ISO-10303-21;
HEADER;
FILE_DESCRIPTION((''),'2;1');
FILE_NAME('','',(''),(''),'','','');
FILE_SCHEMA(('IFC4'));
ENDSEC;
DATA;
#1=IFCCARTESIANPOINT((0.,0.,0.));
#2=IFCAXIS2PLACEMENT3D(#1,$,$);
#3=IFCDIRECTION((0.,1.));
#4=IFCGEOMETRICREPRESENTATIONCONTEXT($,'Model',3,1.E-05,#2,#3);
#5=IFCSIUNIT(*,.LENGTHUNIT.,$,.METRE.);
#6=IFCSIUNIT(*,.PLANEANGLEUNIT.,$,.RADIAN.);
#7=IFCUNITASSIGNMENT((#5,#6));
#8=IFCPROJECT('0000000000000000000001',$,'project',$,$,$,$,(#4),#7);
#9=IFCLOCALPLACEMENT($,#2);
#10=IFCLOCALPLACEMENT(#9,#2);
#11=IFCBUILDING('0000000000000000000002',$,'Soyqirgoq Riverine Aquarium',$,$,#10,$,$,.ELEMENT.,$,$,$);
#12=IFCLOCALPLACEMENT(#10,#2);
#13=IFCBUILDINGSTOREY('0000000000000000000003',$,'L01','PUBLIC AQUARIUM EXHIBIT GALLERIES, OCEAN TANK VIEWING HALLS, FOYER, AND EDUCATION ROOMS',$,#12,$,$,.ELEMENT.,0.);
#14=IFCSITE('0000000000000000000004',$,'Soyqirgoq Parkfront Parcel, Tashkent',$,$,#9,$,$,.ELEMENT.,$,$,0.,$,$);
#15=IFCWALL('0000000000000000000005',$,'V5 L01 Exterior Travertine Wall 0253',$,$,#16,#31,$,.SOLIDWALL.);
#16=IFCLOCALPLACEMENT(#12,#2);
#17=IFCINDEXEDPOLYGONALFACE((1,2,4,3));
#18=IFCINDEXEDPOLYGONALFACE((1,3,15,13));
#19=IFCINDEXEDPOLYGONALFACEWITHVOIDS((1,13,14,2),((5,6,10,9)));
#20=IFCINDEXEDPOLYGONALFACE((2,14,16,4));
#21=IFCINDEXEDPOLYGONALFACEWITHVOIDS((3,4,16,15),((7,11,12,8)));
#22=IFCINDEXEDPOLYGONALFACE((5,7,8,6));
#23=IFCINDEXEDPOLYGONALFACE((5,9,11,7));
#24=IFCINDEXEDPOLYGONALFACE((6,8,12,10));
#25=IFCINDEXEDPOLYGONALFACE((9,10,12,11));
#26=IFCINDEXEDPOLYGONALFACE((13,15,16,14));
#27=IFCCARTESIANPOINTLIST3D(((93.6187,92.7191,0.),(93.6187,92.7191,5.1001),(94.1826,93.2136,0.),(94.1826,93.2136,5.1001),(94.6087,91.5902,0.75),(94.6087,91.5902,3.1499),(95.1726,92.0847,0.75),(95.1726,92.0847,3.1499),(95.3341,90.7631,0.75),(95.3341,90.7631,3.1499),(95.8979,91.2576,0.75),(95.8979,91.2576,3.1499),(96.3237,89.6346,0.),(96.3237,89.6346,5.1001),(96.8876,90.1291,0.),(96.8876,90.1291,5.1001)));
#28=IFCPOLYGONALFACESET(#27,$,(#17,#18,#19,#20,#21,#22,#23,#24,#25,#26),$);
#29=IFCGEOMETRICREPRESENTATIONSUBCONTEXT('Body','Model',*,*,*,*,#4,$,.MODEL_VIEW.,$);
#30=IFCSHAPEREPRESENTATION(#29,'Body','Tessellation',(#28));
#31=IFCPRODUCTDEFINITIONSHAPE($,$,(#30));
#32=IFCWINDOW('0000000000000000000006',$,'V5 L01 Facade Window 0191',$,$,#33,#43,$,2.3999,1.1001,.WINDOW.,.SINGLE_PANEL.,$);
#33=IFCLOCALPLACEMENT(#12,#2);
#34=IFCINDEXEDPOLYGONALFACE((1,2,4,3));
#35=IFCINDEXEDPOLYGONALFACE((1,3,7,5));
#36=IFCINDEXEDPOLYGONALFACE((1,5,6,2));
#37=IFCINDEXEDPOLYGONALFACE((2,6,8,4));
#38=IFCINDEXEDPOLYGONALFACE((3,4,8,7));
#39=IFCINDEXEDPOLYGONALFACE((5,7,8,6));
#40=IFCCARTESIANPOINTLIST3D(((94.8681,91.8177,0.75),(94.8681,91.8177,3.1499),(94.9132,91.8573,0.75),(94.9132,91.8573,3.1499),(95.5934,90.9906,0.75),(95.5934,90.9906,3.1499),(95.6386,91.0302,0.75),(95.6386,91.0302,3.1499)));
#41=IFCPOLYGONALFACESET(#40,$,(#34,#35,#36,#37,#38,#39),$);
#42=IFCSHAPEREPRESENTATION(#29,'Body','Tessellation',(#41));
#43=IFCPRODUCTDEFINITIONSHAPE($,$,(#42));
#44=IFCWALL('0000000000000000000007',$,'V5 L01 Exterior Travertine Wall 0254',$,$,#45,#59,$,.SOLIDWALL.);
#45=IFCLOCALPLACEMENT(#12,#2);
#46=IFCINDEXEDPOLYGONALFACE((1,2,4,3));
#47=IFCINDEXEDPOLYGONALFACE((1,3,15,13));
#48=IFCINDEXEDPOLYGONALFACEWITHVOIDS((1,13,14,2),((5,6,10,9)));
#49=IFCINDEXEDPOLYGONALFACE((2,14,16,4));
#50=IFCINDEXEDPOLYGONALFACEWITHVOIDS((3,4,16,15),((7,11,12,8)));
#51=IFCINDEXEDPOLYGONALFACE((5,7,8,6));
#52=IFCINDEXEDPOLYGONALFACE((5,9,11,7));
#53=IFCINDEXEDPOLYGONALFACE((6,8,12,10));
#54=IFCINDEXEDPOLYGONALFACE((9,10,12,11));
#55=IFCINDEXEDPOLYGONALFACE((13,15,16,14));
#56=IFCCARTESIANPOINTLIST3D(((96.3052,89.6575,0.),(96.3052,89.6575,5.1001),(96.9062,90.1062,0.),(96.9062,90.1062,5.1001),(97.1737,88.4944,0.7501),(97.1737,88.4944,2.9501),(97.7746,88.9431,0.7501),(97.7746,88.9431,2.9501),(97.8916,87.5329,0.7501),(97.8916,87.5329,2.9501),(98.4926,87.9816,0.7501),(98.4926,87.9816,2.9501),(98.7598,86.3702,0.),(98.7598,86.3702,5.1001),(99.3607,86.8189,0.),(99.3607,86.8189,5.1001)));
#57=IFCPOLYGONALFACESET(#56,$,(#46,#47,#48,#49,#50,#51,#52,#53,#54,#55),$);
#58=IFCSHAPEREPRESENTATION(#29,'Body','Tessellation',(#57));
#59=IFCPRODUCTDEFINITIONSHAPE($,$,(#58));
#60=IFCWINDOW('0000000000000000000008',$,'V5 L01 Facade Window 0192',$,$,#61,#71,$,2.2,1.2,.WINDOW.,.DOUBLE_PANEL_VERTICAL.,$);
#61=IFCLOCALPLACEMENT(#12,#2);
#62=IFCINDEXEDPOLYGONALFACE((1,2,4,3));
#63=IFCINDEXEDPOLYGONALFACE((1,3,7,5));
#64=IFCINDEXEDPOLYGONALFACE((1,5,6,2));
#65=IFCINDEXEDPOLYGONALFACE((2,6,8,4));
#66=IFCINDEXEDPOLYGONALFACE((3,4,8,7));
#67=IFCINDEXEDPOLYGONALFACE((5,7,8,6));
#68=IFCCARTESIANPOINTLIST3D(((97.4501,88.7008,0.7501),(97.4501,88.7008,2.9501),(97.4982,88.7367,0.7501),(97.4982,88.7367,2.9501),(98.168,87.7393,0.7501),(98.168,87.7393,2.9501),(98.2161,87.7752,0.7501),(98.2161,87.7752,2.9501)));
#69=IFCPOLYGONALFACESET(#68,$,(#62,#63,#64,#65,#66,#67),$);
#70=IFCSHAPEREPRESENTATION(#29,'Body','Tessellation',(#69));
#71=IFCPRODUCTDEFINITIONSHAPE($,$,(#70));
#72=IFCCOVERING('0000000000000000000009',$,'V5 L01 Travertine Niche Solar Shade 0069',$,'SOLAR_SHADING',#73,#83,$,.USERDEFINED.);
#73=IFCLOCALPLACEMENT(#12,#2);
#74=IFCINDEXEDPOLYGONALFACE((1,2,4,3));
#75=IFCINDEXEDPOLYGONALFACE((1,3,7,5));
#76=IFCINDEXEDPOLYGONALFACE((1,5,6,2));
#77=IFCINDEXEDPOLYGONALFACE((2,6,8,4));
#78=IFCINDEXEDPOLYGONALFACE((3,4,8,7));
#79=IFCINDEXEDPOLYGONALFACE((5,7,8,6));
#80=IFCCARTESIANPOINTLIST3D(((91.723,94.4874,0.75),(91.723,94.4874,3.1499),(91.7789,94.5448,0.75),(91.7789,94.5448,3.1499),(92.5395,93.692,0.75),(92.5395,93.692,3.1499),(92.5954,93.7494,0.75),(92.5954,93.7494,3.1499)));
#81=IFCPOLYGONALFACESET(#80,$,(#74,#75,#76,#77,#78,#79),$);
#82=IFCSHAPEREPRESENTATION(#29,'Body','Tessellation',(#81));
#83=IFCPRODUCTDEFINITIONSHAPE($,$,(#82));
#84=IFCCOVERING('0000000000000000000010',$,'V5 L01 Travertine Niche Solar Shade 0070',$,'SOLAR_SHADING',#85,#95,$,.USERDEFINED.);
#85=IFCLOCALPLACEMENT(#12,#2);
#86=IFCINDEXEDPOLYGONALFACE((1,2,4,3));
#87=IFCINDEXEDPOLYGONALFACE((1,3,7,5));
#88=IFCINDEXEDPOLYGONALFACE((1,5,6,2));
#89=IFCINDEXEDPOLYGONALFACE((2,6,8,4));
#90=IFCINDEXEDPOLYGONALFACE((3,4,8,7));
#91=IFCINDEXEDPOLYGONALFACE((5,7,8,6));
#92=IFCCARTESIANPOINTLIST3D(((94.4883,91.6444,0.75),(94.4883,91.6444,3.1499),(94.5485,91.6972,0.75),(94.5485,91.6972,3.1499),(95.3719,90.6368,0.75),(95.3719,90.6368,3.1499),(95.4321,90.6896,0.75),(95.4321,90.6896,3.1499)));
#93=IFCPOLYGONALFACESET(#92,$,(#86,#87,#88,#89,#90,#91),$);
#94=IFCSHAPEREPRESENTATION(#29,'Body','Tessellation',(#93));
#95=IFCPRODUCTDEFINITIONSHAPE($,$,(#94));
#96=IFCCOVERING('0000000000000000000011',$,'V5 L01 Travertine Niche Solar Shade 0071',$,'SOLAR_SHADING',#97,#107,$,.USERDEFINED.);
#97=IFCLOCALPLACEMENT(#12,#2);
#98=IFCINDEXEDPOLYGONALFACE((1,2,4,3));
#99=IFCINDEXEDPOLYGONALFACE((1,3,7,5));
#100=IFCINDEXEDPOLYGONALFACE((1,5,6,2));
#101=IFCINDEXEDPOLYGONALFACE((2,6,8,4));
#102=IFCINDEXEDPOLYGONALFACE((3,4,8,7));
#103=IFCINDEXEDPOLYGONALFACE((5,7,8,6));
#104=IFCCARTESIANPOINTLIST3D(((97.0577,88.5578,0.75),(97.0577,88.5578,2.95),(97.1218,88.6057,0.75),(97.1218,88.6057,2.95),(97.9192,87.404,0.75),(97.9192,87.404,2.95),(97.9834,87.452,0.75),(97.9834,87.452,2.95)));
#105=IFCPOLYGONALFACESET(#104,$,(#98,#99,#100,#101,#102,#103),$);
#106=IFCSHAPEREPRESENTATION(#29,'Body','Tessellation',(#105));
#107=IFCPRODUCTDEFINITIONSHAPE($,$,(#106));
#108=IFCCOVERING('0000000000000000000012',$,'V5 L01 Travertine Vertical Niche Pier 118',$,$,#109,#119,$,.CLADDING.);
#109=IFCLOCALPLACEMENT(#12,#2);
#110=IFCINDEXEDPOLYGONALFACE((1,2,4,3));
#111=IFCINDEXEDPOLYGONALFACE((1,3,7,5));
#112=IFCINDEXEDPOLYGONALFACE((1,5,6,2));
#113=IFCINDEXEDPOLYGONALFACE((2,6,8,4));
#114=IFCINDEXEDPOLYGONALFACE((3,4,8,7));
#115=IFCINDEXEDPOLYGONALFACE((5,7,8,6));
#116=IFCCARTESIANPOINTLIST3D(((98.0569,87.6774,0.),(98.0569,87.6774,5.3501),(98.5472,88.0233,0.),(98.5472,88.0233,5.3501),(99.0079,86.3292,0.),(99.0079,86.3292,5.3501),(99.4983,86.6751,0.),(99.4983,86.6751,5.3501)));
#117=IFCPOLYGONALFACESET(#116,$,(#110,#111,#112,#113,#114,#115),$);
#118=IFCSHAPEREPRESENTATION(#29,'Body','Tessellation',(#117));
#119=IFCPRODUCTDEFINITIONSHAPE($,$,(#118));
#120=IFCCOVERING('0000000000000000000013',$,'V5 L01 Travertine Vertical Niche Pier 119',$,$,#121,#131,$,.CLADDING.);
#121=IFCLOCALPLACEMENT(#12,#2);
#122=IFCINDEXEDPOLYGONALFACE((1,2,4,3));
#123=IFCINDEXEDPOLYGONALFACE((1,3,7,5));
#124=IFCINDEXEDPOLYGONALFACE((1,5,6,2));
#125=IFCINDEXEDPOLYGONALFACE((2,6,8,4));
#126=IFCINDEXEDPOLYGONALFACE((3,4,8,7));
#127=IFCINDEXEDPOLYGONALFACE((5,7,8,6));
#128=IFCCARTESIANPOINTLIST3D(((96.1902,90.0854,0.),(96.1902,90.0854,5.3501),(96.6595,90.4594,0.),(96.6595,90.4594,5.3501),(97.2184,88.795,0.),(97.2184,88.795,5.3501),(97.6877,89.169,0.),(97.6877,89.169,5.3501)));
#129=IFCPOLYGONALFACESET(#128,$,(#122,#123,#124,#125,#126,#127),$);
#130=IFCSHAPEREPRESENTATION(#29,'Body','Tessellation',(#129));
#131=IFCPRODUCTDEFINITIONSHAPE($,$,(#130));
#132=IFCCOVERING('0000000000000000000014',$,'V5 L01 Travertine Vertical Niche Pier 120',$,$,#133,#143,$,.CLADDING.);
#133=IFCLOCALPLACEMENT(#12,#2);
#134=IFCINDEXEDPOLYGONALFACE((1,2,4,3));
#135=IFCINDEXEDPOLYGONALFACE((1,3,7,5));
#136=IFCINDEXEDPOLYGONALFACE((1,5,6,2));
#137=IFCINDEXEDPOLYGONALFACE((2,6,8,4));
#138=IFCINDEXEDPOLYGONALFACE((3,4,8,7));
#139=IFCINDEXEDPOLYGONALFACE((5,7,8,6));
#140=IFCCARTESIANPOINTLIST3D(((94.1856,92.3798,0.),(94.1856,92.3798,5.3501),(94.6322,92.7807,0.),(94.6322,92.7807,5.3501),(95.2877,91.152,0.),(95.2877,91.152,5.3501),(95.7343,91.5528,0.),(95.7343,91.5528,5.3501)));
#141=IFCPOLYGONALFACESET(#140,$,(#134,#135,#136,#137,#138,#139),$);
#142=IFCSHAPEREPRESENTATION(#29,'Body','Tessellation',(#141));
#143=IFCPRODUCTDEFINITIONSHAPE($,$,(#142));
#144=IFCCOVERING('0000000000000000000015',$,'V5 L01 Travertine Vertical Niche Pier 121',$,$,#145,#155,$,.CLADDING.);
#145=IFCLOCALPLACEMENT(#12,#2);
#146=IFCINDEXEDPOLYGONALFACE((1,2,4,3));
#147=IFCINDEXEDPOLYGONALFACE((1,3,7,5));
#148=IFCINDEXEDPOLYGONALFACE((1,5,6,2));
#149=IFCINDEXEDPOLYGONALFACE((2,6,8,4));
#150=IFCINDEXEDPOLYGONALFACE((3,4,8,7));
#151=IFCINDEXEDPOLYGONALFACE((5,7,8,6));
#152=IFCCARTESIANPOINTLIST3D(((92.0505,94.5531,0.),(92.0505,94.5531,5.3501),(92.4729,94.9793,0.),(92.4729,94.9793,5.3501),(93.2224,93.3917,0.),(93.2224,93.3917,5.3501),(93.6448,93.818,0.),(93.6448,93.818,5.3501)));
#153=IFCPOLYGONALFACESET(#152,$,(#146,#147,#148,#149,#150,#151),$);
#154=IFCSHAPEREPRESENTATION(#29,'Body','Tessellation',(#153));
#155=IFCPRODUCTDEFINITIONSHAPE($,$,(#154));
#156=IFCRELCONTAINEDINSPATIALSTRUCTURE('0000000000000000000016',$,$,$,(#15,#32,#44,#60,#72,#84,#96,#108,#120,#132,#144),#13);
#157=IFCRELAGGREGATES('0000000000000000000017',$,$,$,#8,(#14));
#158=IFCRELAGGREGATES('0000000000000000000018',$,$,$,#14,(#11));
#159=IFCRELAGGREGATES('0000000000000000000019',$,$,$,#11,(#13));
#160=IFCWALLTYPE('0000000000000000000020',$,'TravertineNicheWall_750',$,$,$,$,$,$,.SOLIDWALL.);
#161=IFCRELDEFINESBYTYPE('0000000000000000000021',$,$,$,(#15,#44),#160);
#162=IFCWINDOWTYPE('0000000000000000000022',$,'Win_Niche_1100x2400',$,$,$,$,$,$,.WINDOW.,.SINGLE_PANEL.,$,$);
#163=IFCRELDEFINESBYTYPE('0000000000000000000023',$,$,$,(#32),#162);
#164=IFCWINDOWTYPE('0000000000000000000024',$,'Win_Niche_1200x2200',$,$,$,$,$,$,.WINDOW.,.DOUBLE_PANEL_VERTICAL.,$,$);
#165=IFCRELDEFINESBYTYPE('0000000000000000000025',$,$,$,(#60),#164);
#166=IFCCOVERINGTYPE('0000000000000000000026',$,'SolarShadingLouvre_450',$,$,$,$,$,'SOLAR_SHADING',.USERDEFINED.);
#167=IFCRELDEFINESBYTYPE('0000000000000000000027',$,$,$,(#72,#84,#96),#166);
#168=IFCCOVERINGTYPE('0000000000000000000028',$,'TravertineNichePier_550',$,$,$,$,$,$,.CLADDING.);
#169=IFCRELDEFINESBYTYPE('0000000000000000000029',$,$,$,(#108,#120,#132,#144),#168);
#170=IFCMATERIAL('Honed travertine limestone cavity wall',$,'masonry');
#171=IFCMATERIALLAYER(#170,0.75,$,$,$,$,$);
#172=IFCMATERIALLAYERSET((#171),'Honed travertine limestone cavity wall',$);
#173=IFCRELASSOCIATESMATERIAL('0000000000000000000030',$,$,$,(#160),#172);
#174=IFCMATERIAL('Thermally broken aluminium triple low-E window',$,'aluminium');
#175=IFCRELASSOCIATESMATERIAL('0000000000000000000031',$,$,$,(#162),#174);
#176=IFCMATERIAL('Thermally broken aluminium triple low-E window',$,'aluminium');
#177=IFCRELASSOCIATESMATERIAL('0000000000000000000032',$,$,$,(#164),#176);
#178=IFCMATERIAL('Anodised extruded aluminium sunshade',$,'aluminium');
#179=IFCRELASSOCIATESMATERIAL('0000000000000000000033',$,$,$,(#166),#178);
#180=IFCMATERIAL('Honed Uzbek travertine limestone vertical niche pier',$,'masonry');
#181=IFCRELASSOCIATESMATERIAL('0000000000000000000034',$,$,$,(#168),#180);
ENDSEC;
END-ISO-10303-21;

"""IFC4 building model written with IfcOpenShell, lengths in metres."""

from ifc_helpers import new_model, si_unit, direction, frame, frame_2d, origin, origin_2d, place, context, subcontext, project, spatial, rectangle, extrude, material, layer, layer_set, type_object, element, fill, save


model = new_model("IFC4")

# Units and contexts
model_context = context("Model", 3, precision=1e-05, world=origin(), true_north=direction((0.0, 1.0)))
body_context = subcontext(model_context, "Body", "Model", "MODEL_VIEW")
ifc_project = project(units=[si_unit("LENGTHUNIT", "METRE"), si_unit("PLANEANGLEUNIT", "RADIAN")], contexts=[model_context])

# Site, building, storey
site_placement = place(None, origin())
site = spatial("IfcSite", under=ifc_project, at=site_placement, Name="Soyqirgoq Parkfront Parcel, Tashkent", CompositionType="ELEMENT", RefElevation=0.0)
building_placement = place(site_placement, origin())
building = spatial("IfcBuilding", under=site, at=building_placement, Name="Soyqirgoq Riverine Aquarium", CompositionType="ELEMENT")
storey_placement = place(building_placement, origin())
storey = spatial("IfcBuildingStorey", under=building, at=storey_placement, Name="L01", Description="PUBLIC AQUARIUM EXHIBIT GALLERIES, OCEAN TANK VIEWING HALLS, FOYER, AND EDUCATION ROOMS", CompositionType="ELEMENT", Elevation=0.0)

# Walls, openings, windows
ifc_material_1 = material(Name="Honed travertine limestone cavity wall", Category="masonry")
ifc_layer = layer(ifc_material_1, 0.75)
ifc_layer_set = layer_set([ifc_layer], Name="Honed travertine limestone cavity wall")
wall_type = type_object("IfcWallType", Name="TravertineNicheWall_750", PredefinedType="SOLIDWALL", material=ifc_layer_set)
wall_1_placement = place(storey_placement, frame((93.9006, 92.9663, 0.0), z_axis=(0.0, 0.0, 1.0), x_axis=(0.659355, -0.751832, 0.0)))
wall_1 = element("IfcWall", 1, at=wall_1_placement, inside=storey, type_object=wall_type, Name="V5 L01 Exterior Travertine Wall 0253", PredefinedType="SOLIDWALL", context=body_context, shape_type="SweptSolid", body=[
    extrude(rectangle(XDim=4.1025, YDim=0.75, at=frame_2d((2.0513, 0.0))), origin(), (0.0, 0.0, 1.0), 5.1001),
])
opening_1_placement = place(wall_1_placement, frame((1.5015, 0.0, 0.75)))
opening_1 = element("IfcOpeningElement", 2, at=opening_1_placement, cuts=wall_1, PredefinedType="OPENING", context=body_context, shape_type="SweptSolid", body=[
    extrude(rectangle(XDim=1.1001, YDim=2.3999, at=frame_2d((0.55, 1.2))), frame((0.0, 0.385, 0.0), z_axis=(0.0, -1.0, 0.0), x_axis=(1.0, 0.0, 0.0)), (0.0, 0.0, 1.0), 0.77),
])
ifc_material_2 = material(Name="Thermally broken aluminium triple low-E window", Category="aluminium")
window_type_1 = type_object("IfcWindowType", Name="Win_Niche_1100x2400", PartitioningType="SINGLE_PANEL", PredefinedType="WINDOW", material=ifc_material_2)
window_1_placement = place(opening_1_placement, origin())
window_1 = element("IfcWindow", 3, at=window_1_placement, inside=storey, type_object=window_type_1, Name="V5 L01 Facade Window 0191", OverallHeight=2.3999, OverallWidth=1.1001, PartitioningType="SINGLE_PANEL", PredefinedType="WINDOW", context=body_context, shape_type="SweptSolid", body=[
    extrude(rectangle(XDim=1.1001, YDim=2.3999, at=frame_2d((0.55, 1.2))), frame((0.0, 0.03, 0.0), z_axis=(0.0, -1.0, 0.0), x_axis=(1.0, 0.0, 0.0)), (0.0, 0.0, 1.0), 0.0601),
])
fill(opening_1, window_1)
wall_2_placement = place(storey_placement, frame((96.6057, 89.8818, 0.0), z_axis=(0.0, 0.0, 1.0), x_axis=(0.598294, -0.801276, 0.0)))
wall_2 = element("IfcWall", 4, at=wall_2_placement, inside=storey, type_object=wall_type, Name="V5 L01 Exterior Travertine Wall 0254", PredefinedType="SOLIDWALL", context=body_context, shape_type="SweptSolid", body=[
    extrude(rectangle(XDim=4.1025, YDim=0.75, at=frame_2d((2.0513, 0.0))), origin(), (0.0, 0.0, 1.0), 5.1001),
])
opening_2_placement = place(wall_2_placement, frame((1.4514, 0.0, 0.75)))
opening_2 = element("IfcOpeningElement", 5, at=opening_2_placement, cuts=wall_2, PredefinedType="OPENING", context=body_context, shape_type="SweptSolid", body=[
    extrude(rectangle(XDim=1.2, YDim=2.2, at=frame_2d((0.6001, 1.1001))), frame((0.0, 0.385, 0.0), z_axis=(0.0, -1.0, 0.0), x_axis=(1.0, 0.0, 0.0)), (0.0, 0.0, 1.0), 0.77),
])
ifc_material_3 = material(Name="Thermally broken aluminium triple low-E window", Category="aluminium")
window_type_2 = type_object("IfcWindowType", Name="Win_Niche_1200x2200", PartitioningType="DOUBLE_PANEL_VERTICAL", PredefinedType="WINDOW", material=ifc_material_3)
window_2_placement = place(opening_2_placement, origin())
window_2 = element("IfcWindow", 6, at=window_2_placement, inside=storey, type_object=window_type_2, Name="V5 L01 Facade Window 0192", OverallHeight=2.2, OverallWidth=1.2, PartitioningType="DOUBLE_PANEL_VERTICAL", PredefinedType="WINDOW", context=body_context, shape_type="SweptSolid", body=[
    extrude(rectangle(XDim=1.2, YDim=2.2, at=frame_2d((0.6001, 1.1001))), frame((0.0, 0.03, 0.0), z_axis=(0.0, -1.0, 0.0), x_axis=(1.0, 0.0, 0.0)), (0.0, 0.0, 1.0), 0.0601),
])
fill(opening_2, window_2)

# Coverings
ifc_material_4 = material(Name="Anodised extruded aluminium sunshade", Category="aluminium")
covering_type_1 = type_object("IfcCoveringType", Name="SolarShadingLouvre_450", ElementType="SOLAR_SHADING", PredefinedType="USERDEFINED", material=ifc_material_4)
covering_1_placement = place(storey_placement, frame((92.1592, 94.1184, 0.75), z_axis=(0.0, 0.0, 1.0), x_axis=(0.716302, -0.69779, 0.0)))
element("IfcCovering", 7, at=covering_1_placement, inside=storey, type_object=covering_type_1, Name="V5 L01 Travertine Niche Solar Shade 0069", ObjectType="SOLAR_SHADING", PredefinedType="USERDEFINED", context=body_context, shape_type="SweptSolid", body=[
    extrude(rectangle(XDim=1.1399, YDim=0.0801, at=origin_2d()), origin(), (0.0, 0.0, 1.0), 2.3999),
])
covering_2_placement = place(storey_placement, frame((94.9602, 91.167, 0.75), z_axis=(0.0, 0.0, 1.0), x_axis=(0.659346, -0.75184, 0.0)))
element("IfcCovering", 8, at=covering_2_placement, inside=storey, type_object=covering_type_1, Name="V5 L01 Travertine Niche Solar Shade 0070", ObjectType="SOLAR_SHADING", PredefinedType="USERDEFINED", context=body_context, shape_type="SweptSolid", body=[
    extrude(rectangle(XDim=1.3401, YDim=0.0801, at=origin_2d()), origin(), (0.0, 0.0, 1.0), 2.3999),
])
covering_3_placement = place(storey_placement, frame((97.5205, 88.0049, 0.75), z_axis=(0.0, 0.0, 1.0), x_axis=(0.598325, -0.801254, 0.0)))
element("IfcCovering", 9, at=covering_3_placement, inside=storey, type_object=covering_type_1, Name="V5 L01 Travertine Niche Solar Shade 0071", ObjectType="SOLAR_SHADING", PredefinedType="USERDEFINED", context=body_context, shape_type="SweptSolid", body=[
    extrude(rectangle(XDim=1.4399, YDim=0.0801, at=origin_2d()), origin(), (0.0, 0.0, 1.0), 2.2),
])
ifc_material_5 = material(Name="Honed Uzbek travertine limestone vertical niche pier", Category="masonry")
covering_type_2 = type_object("IfcCoveringType", Name="TravertineNichePier_550", PredefinedType="CLADDING", material=ifc_material_5)
for number, where, z_axis, x_axis, name in (
    (10, (98.7776, 87.1763, 0.0), (0.0, 0.0, 1.0), (0.817145, 0.576432, 0.0), "V5 L01 Travertine Vertical Niche Pier 118"),
    (11, (96.939, 89.6272, 0.0), (0.0, 0.0, 1.0), (0.782065, 0.623197, 0.0), "V5 L01 Travertine Vertical Niche Pier 119"),
    (12, (94.96, 91.9663, 0.0), (0.0, 0.0, 1.0), (0.744195, 0.667962, 0.0), "V5 L01 Travertine Vertical Niche Pier 120"),
    (13, (92.8477, 94.1855, 0.0), (0.0, 0.0, 1.0), (0.703891, 0.710308, 0.0), "V5 L01 Travertine Vertical Niche Pier 121"),
):
    element("IfcCovering", number, at=place(storey_placement, frame(where, z_axis=z_axis, x_axis=x_axis)), inside=storey, type_object=covering_type_2, Name=name, PredefinedType="CLADDING", context=body_context, shape_type="SweptSolid", body=[
        extrude(rectangle(XDim=0.6001, YDim=1.6499, at=origin_2d()), origin(), (0.0, 0.0, 1.0), 5.3501),
    ])

save(model, "model.ifc")
